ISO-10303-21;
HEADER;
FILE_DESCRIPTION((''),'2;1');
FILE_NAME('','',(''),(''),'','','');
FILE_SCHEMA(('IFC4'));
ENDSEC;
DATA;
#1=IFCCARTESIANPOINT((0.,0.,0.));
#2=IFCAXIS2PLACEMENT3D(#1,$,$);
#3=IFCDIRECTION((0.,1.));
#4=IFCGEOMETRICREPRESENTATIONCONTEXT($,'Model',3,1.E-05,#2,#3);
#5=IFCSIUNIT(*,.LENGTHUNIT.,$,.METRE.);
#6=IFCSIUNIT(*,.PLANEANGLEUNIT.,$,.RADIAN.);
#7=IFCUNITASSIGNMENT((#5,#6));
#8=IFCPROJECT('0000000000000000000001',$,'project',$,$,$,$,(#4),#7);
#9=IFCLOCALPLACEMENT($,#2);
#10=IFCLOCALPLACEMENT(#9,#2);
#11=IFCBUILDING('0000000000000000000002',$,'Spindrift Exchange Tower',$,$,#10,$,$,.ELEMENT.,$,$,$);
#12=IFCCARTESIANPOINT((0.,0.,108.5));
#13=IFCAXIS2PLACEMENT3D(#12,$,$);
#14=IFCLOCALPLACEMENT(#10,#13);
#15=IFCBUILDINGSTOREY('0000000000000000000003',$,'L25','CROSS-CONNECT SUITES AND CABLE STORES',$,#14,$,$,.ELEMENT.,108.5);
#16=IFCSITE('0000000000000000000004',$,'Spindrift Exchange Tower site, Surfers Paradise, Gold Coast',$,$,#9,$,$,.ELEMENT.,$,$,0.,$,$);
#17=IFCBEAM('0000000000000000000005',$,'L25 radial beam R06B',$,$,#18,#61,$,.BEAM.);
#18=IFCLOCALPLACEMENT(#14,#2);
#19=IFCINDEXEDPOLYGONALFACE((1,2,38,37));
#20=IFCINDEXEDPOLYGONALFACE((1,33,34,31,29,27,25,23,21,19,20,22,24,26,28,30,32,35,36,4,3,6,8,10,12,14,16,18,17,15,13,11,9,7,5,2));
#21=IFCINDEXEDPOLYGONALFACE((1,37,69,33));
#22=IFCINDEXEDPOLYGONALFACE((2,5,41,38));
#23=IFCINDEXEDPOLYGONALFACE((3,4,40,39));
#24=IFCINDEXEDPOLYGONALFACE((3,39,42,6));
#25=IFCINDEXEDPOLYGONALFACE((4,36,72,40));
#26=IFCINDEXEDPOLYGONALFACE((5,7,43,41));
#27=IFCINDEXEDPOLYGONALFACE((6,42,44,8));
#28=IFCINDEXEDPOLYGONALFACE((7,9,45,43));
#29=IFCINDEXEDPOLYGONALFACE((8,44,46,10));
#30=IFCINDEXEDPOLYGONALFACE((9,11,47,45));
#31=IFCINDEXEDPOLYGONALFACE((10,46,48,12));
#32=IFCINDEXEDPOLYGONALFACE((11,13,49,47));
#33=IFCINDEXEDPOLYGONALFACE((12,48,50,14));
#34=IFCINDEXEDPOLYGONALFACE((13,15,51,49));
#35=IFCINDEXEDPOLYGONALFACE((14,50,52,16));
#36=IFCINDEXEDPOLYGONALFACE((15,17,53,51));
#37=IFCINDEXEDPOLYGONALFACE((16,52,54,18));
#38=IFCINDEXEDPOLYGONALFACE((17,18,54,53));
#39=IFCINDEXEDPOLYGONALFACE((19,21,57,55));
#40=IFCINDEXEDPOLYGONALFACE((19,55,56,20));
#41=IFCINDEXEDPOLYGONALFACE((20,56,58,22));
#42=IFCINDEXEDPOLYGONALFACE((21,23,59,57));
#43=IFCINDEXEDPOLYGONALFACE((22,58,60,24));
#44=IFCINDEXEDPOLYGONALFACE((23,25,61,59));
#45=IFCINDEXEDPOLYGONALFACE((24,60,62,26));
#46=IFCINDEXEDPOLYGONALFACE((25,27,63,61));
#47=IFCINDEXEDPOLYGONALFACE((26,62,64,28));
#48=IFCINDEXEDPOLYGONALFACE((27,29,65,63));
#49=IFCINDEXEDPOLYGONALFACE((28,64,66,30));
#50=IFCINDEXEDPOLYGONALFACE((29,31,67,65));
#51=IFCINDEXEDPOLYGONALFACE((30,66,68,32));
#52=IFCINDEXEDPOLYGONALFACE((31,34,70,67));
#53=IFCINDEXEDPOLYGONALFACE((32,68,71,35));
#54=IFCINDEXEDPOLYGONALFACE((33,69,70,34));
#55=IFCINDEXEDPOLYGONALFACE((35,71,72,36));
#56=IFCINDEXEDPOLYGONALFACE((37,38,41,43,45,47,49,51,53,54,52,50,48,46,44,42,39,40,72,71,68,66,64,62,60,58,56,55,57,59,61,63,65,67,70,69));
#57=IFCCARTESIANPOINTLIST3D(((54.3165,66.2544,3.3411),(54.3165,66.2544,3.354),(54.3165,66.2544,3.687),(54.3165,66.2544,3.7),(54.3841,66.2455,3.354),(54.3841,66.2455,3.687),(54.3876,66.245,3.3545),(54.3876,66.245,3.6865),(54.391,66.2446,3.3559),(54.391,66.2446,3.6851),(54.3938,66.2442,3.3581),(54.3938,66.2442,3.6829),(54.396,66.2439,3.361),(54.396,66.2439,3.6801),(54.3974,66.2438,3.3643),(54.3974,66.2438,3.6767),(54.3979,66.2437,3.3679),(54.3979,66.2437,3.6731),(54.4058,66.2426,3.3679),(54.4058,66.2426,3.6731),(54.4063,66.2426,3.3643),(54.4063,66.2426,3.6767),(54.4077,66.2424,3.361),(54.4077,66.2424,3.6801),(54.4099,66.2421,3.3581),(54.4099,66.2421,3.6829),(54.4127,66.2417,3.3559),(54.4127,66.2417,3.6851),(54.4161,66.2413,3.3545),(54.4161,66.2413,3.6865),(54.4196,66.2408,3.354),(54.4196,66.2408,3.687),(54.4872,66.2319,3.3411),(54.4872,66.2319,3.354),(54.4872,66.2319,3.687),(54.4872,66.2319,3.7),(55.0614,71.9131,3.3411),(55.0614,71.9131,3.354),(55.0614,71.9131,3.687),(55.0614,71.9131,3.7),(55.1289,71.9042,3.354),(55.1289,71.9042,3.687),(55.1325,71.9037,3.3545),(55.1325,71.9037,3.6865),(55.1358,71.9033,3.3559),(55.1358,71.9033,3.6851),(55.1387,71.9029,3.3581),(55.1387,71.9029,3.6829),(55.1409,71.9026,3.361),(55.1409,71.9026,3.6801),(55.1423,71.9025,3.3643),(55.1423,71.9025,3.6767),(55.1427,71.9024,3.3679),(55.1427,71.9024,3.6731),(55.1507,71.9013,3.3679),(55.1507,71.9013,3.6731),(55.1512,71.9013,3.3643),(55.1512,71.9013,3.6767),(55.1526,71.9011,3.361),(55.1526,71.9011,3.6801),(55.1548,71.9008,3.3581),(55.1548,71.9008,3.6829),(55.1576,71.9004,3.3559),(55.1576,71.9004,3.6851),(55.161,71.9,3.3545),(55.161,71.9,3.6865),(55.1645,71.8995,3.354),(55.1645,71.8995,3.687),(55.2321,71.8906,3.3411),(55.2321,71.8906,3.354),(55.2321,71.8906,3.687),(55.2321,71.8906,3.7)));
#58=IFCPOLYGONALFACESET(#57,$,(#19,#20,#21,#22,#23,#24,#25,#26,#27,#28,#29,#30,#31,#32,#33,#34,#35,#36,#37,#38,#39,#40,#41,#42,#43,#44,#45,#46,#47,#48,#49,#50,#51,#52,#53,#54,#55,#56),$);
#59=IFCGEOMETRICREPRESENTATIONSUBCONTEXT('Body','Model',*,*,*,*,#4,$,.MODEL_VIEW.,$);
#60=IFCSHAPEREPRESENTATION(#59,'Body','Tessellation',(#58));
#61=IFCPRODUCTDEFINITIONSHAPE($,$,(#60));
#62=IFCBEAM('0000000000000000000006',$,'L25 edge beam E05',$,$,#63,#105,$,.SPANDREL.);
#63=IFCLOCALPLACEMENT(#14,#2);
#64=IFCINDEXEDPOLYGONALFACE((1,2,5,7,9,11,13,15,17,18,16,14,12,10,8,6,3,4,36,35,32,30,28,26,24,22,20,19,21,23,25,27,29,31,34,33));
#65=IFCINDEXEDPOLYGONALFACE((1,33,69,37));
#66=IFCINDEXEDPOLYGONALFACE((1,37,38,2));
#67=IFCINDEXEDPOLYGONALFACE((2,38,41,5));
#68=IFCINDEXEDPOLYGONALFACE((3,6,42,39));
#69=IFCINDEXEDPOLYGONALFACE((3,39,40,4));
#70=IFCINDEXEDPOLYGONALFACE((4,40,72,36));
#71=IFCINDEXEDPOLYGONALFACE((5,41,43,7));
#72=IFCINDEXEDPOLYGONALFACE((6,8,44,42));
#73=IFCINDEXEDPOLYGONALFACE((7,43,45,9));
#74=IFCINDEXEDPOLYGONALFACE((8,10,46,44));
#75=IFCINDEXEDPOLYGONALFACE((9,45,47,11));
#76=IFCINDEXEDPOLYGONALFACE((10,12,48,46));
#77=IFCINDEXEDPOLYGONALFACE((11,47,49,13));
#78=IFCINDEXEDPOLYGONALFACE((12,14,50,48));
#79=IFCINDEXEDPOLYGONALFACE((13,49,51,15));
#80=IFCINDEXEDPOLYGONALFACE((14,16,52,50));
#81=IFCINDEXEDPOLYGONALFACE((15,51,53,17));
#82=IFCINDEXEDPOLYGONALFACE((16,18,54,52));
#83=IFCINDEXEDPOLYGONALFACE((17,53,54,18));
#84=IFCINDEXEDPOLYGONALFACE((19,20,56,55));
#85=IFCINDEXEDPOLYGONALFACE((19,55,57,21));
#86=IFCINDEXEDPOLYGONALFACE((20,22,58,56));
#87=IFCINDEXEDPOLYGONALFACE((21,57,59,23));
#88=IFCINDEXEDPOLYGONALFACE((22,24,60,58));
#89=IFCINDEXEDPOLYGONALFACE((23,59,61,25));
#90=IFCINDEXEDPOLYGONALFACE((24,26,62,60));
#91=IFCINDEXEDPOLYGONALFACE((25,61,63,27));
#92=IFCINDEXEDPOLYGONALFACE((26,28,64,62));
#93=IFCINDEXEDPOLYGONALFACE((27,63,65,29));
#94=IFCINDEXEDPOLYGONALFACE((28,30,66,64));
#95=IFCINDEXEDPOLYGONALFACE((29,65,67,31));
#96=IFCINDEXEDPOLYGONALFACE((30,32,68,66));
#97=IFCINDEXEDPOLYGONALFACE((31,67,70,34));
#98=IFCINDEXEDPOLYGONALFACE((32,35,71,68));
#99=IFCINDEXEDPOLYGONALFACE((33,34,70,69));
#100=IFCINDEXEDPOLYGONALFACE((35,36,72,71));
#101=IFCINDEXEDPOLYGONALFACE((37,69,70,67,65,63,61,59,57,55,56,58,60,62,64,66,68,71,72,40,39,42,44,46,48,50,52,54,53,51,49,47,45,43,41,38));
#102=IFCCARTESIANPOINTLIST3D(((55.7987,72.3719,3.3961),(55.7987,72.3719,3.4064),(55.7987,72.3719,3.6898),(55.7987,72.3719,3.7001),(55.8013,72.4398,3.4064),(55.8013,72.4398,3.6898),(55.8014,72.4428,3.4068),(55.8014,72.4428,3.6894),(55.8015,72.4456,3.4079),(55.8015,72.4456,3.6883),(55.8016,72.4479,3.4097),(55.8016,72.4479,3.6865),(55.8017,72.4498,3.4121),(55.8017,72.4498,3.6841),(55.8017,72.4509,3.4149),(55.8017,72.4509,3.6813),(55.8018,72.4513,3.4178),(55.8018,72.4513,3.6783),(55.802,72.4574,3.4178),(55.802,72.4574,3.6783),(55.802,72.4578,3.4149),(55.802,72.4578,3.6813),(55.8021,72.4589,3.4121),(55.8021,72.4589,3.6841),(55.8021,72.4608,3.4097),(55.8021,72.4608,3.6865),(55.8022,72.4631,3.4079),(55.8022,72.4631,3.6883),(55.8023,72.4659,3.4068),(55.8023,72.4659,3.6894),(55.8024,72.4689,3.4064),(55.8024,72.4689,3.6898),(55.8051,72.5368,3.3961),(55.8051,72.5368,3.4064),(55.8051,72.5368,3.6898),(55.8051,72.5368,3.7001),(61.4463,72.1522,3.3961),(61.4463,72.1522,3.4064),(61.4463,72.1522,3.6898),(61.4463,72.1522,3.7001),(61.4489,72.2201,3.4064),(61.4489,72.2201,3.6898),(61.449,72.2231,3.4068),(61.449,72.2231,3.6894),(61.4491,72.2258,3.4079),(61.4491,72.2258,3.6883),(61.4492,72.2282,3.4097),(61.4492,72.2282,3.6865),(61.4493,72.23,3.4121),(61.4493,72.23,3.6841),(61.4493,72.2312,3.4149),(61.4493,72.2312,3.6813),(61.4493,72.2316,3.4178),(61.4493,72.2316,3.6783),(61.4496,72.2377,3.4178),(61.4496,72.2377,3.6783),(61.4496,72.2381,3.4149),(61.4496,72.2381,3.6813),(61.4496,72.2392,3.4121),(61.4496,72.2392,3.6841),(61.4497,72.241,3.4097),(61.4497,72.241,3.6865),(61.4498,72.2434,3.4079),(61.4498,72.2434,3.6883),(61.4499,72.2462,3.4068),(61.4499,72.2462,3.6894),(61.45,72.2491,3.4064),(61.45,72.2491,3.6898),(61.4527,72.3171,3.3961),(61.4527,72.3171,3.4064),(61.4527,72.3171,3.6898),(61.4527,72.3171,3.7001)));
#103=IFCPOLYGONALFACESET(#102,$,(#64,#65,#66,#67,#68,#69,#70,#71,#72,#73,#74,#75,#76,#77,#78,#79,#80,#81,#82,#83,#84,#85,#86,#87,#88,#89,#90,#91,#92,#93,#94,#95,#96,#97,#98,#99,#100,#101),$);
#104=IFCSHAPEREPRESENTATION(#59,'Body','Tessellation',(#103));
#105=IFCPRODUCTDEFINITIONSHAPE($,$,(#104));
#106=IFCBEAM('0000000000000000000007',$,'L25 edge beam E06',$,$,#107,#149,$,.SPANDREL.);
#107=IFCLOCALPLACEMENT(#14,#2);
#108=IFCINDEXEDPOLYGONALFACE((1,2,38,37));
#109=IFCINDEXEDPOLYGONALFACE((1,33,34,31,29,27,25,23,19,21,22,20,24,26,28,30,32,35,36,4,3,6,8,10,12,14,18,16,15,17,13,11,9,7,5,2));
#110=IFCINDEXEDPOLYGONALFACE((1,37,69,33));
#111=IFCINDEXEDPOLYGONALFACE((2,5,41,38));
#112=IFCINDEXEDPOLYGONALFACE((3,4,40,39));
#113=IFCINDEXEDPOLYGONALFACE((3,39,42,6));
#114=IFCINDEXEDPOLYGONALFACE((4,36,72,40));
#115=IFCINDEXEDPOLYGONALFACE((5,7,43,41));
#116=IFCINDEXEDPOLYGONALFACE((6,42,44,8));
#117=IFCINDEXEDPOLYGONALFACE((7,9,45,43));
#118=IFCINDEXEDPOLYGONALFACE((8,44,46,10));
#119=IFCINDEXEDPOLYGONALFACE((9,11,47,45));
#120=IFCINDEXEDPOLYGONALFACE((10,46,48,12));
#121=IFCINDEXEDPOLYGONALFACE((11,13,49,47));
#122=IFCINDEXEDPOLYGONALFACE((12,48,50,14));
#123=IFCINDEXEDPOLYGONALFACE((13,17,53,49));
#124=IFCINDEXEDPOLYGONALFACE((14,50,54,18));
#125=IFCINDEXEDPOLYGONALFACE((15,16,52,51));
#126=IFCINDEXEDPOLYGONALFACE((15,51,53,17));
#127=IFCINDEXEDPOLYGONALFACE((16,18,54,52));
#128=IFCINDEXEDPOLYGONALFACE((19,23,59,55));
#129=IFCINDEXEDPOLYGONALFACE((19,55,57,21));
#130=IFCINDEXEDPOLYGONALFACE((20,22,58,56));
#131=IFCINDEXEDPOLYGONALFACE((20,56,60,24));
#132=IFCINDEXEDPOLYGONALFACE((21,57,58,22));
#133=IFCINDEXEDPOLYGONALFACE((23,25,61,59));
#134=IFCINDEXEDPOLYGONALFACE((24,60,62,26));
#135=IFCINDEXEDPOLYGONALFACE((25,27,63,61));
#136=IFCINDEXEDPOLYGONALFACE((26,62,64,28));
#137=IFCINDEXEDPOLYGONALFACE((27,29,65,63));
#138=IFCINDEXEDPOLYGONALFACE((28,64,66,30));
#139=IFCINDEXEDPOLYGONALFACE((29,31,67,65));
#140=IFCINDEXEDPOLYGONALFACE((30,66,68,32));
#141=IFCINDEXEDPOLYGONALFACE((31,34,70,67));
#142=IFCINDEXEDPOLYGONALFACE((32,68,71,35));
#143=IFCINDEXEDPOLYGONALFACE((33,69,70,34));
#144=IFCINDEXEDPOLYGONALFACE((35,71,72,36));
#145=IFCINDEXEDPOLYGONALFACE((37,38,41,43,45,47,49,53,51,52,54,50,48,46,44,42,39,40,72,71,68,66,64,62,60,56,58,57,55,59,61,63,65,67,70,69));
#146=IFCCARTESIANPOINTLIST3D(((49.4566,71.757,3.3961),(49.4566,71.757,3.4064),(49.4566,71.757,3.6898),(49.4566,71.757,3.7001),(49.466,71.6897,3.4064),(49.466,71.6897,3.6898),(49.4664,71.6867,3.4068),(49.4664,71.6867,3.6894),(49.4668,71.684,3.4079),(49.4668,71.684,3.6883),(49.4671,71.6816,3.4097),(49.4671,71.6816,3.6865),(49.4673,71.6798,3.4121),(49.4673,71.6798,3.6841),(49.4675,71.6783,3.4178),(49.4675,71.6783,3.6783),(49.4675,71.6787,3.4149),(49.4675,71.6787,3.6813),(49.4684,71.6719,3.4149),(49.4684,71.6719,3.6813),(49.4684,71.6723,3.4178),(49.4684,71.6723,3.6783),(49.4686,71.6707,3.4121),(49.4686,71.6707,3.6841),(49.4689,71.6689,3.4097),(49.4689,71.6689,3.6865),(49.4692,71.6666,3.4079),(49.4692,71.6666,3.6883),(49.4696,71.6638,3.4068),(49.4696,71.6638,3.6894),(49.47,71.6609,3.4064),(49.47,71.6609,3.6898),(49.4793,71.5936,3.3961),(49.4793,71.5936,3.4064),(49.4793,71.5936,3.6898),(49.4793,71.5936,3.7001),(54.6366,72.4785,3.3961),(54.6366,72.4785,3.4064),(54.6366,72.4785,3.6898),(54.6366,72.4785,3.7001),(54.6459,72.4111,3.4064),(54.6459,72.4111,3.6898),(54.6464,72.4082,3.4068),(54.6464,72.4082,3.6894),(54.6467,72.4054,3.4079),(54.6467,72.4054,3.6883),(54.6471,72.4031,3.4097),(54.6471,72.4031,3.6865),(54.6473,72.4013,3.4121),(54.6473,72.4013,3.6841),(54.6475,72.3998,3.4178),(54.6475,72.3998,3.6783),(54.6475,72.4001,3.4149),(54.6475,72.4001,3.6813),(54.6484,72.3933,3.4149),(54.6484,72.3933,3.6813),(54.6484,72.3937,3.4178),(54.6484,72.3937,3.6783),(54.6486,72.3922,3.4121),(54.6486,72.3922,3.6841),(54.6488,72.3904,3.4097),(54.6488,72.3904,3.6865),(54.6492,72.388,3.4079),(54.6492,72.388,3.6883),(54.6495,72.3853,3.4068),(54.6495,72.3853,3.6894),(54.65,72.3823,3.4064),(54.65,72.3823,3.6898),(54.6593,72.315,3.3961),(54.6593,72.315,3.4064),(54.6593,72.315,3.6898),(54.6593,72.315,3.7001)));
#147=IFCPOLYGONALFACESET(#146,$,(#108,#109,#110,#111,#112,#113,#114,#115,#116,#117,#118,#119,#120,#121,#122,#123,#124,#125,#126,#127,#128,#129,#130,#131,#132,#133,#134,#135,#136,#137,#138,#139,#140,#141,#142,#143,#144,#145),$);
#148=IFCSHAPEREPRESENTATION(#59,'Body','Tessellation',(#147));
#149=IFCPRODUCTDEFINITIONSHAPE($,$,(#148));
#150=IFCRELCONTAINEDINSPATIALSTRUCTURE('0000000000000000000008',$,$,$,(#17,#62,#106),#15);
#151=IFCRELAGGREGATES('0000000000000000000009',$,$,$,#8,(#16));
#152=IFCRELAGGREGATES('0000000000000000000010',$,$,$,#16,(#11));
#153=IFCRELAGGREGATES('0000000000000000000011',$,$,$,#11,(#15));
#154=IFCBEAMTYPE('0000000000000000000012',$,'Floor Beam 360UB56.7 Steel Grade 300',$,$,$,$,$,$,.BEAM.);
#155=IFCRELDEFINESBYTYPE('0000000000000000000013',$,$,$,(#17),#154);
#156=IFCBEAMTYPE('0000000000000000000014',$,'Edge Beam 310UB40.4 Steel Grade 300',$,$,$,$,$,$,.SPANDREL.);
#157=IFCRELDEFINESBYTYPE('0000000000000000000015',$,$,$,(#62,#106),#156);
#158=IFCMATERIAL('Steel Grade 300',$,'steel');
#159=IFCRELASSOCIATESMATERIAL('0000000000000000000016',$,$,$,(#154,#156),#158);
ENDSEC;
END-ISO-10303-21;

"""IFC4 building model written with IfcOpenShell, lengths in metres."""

from ifc_helpers import new_model, si_unit, direction, frame, origin, origin_2d, place, context, subcontext, project, spatial, i_section, extrude, source, transform, mapped, material, material_profile, profile_set, type_object, element, save


model = new_model("IFC4")

# Units and contexts
model_context = context("Model", 3, precision=1e-05, world=origin(), true_north=direction((0.0, 1.0)))
body_context = subcontext(model_context, "Body", "Model", "MODEL_VIEW")
ifc_project = project(units=[si_unit("LENGTHUNIT", "METRE"), si_unit("PLANEANGLEUNIT", "RADIAN")], contexts=[model_context])

# Site, building, storey
site_placement = place(None, origin())
site = spatial("IfcSite", under=ifc_project, at=site_placement, Name="Spindrift Exchange Tower site, Surfers Paradise, Gold Coast", CompositionType="ELEMENT", RefElevation=0.0)
building_placement = place(site_placement, origin())
building = spatial("IfcBuilding", under=site, at=building_placement, Name="Spindrift Exchange Tower", CompositionType="ELEMENT")
storey_placement = place(building_placement, frame((0.0, 0.0, 108.5)))
storey = spatial("IfcBuildingStorey", under=building, at=storey_placement, Name="L25", Description="CROSS-CONNECT SUITES AND CABLE STORES", CompositionType="ELEMENT", Elevation=108.5)

# Beams
ifc_material_1 = material(Name="Steel Grade 300", Category="steel")
ifc_material_profile_1 = material_profile(ifc_material_1, i_section(OverallWidth=0.1721, OverallDepth=0.3589, WebThickness=0.0081, FlangeThickness=0.0129, FilletRadius=0.0139, at=origin_2d()), Name="360UB56.7")
ifc_profile_set_1 = profile_set([ifc_material_profile_1], Name="Steel Grade 300")
beam_type_1 = type_object("IfcBeamType", Name="Floor Beam 360UB56.7 Steel Grade 300", PredefinedType="BEAM", material=ifc_profile_set_1)
shared_shape_1 = source(origin(), body_context, "Body", "SweptSolid", [
    extrude(i_section(OverallWidth=0.1721, OverallDepth=0.3589, WebThickness=0.0081, FlangeThickness=0.0129, FilletRadius=0.0139, at=origin_2d()), origin(), (0.0, 0.0, 1.0), 5.7075),
])
beam_1_placement = place(storey_placement, frame((54.4019, 66.2432, 3.5205), z_axis=(0.130508, 0.991447, 0.0), x_axis=(-0.991447, 0.130508, 0.0)))
element("IfcBeam", 1, at=beam_1_placement, inside=storey, type_object=beam_type_1, Name="L25 radial beam R06B", PredefinedType="BEAM", context=body_context, shape_type="MappedRepresentation", body=[
    mapped(shared_shape_1, transform((0.0, 0.0, 0.0), scale=1.0)),
])
ifc_material_profile_2 = material_profile(ifc_material_1, i_section(OverallWidth=0.165, OverallDepth=0.304, WebThickness=0.0061, FlangeThickness=0.0103, FilletRadius=0.0115, at=origin_2d()), Name="310UB40.4")
ifc_profile_set_2 = profile_set([ifc_material_profile_2], Name="Steel Grade 300")
beam_type_2 = type_object("IfcBeamType", Name="Edge Beam 310UB40.4 Steel Grade 300", PredefinedType="SPANDREL", material=ifc_profile_set_2)
shared_shape_2 = source(origin(), body_context, "Body", "SweptSolid", [
    extrude(i_section(OverallWidth=0.165, OverallDepth=0.304, WebThickness=0.0061, FlangeThickness=0.0103, FilletRadius=0.0115, at=origin_2d()), origin(), (0.0, 0.0, 1.0), 5.6519),
])
beam_2_placement = place(storey_placement, frame((61.4495, 72.2346, 3.5481), z_axis=(-0.999244, 0.038878, 0.0), x_axis=(-0.038878, -0.999244, 0.0)))
element("IfcBeam", 2, at=beam_2_placement, inside=storey, type_object=beam_type_2, Name="L25 edge beam E05", PredefinedType="SPANDREL", context=body_context, shape_type="MappedRepresentation", body=[
    mapped(shared_shape_2, transform((0.0, 0.0, 0.0), scale=1.0)),
])
shared_shape_3 = source(origin(), body_context, "Body", "SweptSolid", [
    extrude(i_section(OverallWidth=0.165, OverallDepth=0.304, WebThickness=0.0061, FlangeThickness=0.0103, FilletRadius=0.0115, at=origin_2d()), origin(), (0.0, 0.0, 1.0), 5.23),
])
beam_3_placement = place(storey_placement, frame((54.6479, 72.3967, 3.5481), z_axis=(-0.99044, -0.137944, 0.0), x_axis=(0.137944, -0.99044, 0.0)))
element("IfcBeam", 3, at=beam_3_placement, inside=storey, type_object=beam_type_2, Name="L25 edge beam E06", PredefinedType="SPANDREL", context=body_context, shape_type="MappedRepresentation", body=[
    mapped(shared_shape_3, transform((0.0, 0.0, 0.0), scale=1.0)),
])

save(model, "model.ifc")
